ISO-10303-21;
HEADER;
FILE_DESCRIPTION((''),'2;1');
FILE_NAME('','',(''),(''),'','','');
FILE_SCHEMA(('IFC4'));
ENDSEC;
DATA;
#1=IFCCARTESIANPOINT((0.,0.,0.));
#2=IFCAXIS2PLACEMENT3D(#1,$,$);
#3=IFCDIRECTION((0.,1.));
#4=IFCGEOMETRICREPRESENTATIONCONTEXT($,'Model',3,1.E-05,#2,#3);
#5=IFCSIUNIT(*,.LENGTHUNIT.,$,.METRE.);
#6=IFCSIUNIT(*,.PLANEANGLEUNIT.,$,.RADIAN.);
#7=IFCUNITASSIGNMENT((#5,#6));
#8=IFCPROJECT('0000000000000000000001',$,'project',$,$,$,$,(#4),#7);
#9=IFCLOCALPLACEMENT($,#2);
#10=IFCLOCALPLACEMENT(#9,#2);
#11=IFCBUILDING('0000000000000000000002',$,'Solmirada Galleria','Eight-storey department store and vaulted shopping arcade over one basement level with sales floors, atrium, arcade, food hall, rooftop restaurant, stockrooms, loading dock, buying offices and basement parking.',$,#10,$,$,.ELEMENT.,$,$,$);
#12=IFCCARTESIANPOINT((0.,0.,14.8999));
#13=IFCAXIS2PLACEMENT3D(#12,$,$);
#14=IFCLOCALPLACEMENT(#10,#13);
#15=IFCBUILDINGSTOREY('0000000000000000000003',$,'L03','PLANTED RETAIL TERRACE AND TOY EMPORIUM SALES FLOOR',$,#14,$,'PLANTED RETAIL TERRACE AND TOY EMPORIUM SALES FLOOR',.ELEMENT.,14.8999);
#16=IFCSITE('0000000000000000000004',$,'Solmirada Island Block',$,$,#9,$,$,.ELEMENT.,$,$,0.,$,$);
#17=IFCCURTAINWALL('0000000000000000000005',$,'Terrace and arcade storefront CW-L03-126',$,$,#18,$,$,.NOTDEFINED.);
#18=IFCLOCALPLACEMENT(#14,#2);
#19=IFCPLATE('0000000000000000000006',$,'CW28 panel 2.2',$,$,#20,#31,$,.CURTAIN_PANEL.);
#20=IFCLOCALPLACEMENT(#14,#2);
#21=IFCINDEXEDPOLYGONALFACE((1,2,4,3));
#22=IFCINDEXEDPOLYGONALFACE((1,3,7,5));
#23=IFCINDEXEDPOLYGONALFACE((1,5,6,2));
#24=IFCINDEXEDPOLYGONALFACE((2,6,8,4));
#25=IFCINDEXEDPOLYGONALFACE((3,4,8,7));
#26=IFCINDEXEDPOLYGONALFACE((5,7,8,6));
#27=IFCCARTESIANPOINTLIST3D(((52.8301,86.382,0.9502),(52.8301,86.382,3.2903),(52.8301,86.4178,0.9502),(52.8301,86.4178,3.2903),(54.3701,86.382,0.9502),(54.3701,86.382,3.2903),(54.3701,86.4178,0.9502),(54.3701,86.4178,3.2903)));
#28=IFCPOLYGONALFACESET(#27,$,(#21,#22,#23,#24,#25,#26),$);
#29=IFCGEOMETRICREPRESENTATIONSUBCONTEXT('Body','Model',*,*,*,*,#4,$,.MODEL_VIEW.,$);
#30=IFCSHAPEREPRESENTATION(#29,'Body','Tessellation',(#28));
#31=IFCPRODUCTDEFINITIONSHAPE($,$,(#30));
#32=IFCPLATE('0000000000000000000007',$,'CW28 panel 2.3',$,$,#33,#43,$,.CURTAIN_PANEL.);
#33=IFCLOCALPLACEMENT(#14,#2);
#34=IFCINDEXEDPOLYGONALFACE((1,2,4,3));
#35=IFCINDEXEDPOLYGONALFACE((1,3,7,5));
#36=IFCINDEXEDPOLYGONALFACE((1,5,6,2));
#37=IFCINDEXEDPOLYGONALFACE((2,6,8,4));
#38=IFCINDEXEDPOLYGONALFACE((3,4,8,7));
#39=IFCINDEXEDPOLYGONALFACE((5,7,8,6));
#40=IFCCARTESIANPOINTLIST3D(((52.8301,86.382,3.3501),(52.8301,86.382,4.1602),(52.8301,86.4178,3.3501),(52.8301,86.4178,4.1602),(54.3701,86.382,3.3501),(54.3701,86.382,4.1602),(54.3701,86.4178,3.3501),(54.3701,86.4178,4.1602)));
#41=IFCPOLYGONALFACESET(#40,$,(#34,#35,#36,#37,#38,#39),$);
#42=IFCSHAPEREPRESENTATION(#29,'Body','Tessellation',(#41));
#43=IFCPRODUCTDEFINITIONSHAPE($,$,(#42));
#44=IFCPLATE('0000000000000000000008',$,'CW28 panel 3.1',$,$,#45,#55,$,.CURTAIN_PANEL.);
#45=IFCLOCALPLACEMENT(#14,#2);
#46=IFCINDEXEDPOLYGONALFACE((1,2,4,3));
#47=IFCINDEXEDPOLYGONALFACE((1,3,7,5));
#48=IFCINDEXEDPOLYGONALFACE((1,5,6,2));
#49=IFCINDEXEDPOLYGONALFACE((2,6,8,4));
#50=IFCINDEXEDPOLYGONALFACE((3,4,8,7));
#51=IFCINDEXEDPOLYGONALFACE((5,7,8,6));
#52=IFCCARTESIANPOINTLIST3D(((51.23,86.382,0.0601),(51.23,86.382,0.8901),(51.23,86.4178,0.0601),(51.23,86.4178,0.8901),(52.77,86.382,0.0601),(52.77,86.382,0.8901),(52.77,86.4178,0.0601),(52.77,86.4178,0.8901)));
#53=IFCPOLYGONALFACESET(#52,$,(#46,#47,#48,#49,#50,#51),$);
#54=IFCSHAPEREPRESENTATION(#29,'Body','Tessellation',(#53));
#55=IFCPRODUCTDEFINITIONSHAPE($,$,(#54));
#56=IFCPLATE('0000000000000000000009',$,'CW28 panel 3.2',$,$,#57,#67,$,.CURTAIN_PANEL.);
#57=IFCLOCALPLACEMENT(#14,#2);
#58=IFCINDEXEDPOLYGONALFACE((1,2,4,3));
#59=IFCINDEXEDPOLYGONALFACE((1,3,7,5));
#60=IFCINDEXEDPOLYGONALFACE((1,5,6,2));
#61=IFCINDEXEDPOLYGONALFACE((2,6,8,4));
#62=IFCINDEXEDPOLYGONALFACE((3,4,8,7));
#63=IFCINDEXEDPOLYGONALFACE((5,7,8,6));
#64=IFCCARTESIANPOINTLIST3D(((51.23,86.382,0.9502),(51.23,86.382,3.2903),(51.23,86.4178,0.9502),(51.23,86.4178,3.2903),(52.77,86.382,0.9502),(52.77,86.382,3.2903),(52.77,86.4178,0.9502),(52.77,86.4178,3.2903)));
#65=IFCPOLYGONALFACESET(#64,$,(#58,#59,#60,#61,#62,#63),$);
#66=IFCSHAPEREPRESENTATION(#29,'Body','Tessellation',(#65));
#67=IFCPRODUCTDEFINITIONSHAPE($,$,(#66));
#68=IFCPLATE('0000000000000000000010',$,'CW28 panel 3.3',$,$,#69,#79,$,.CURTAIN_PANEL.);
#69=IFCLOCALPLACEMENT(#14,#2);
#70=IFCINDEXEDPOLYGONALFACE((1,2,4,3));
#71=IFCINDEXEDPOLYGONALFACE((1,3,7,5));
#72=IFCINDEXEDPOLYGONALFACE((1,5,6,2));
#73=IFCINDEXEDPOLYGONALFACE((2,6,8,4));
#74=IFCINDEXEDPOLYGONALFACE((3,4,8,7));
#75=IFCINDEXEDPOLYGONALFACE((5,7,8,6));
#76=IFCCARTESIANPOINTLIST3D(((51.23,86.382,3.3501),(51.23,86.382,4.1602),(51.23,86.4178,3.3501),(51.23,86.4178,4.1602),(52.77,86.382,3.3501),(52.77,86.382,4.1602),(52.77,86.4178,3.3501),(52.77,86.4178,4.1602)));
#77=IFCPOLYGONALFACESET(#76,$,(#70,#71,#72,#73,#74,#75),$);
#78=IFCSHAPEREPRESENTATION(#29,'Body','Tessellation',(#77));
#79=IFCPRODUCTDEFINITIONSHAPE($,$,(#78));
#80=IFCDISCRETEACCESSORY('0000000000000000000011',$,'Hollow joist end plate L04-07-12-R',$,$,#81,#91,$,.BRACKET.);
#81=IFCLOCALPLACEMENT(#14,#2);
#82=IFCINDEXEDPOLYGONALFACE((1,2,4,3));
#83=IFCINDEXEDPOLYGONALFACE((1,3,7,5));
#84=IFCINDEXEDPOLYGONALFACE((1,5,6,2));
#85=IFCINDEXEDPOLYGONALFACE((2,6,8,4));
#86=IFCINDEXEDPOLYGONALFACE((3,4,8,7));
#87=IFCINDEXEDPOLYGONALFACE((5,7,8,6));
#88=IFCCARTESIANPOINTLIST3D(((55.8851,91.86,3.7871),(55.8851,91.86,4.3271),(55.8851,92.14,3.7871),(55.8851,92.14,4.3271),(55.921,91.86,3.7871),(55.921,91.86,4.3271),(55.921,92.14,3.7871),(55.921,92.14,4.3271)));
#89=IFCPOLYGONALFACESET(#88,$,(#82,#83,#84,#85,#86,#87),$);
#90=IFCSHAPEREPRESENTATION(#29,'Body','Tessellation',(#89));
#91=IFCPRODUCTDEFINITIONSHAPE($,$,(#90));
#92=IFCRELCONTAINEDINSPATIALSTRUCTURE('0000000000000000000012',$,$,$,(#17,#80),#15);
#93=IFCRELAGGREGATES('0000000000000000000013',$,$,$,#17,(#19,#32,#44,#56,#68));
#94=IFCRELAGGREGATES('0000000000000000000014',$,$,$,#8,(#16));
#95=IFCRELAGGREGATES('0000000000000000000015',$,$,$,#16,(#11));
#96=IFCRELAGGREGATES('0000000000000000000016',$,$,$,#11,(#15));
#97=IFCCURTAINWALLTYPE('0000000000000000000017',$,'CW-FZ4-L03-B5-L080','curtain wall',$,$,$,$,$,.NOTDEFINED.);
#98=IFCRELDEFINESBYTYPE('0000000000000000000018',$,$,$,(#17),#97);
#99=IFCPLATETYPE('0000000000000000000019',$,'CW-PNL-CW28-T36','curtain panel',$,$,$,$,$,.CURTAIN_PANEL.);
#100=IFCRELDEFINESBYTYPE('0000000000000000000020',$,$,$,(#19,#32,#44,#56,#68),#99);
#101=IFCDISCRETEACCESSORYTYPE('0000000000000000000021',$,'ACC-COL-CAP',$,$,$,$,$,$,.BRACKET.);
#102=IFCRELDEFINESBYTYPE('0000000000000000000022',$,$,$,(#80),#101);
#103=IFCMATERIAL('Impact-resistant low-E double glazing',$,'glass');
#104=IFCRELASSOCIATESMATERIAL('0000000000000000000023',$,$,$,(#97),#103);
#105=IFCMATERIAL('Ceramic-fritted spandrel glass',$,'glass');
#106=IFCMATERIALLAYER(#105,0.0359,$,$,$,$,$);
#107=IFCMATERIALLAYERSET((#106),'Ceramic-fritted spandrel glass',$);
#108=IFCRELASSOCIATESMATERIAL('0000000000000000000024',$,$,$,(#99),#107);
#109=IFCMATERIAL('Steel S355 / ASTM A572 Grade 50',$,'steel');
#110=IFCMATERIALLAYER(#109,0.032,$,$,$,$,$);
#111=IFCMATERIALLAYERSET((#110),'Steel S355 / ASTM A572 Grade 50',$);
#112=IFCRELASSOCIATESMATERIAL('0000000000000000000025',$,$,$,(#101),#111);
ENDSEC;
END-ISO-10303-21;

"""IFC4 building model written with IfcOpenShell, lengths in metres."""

from ifc_helpers import new_model, si_unit, direction, frame, origin, origin_2d, place, context, subcontext, project, spatial, rectangle, extrude, material, layer, layer_set, type_object, element, aggregate, save


model = new_model("IFC4")

# Units and contexts
model_context = context("Model", 3, precision=1e-05, world=origin(), true_north=direction((0.0, 1.0)))
body_context = subcontext(model_context, "Body", "Model", "MODEL_VIEW")
ifc_project = project(units=[si_unit("LENGTHUNIT", "METRE"), si_unit("PLANEANGLEUNIT", "RADIAN")], contexts=[model_context])

# Site, building, storey
site_placement = place(None, origin())
site = spatial("IfcSite", under=ifc_project, at=site_placement, Name="Solmirada Island Block", CompositionType="ELEMENT", RefElevation=0.0)
building_placement = place(site_placement, origin())
building = spatial("IfcBuilding", under=site, at=building_placement, Name="Solmirada Galleria", Description="Eight-storey department store and vaulted shopping arcade over one basement level with sales floors, atrium, arcade, food hall, rooftop restaurant, stockrooms, loading dock, buying offices and basement parking.", CompositionType="ELEMENT")
storey_placement = place(building_placement, frame((0.0, 0.0, 14.8999)))
storey = spatial("IfcBuildingStorey", under=building, at=storey_placement, Name="L03", Description="PLANTED RETAIL TERRACE AND TOY EMPORIUM SALES FLOOR", LongName="PLANTED RETAIL TERRACE AND TOY EMPORIUM SALES FLOOR", CompositionType="ELEMENT", Elevation=14.8999)

# Curtain wall, plates
ifc_material_1 = material(Name="Impact-resistant low-E double glazing", Category="glass")
curtain_wall_type = type_object("IfcCurtainWallType", Name="CW-FZ4-L03-B5-L080", Description="curtain wall", PredefinedType="NOTDEFINED", material=ifc_material_1)
curtain_wall_placement = place(storey_placement, origin())
curtain_wall = element("IfcCurtainWall", 1, at=curtain_wall_placement, inside=storey, type_object=curtain_wall_type, Name="Terrace and arcade storefront CW-L03-126", PredefinedType="NOTDEFINED")
ifc_material_2 = material(Name="Ceramic-fritted spandrel glass", Category="glass")
ifc_layer_1 = layer(ifc_material_2, 0.0359)
ifc_layer_set_1 = layer_set([ifc_layer_1], Name="Ceramic-fritted spandrel glass")
plate_type = type_object("IfcPlateType", Name="CW-PNL-CW28-T36", Description="curtain panel", PredefinedType="CURTAIN_PANEL", material=ifc_layer_set_1)
plate_1_placement = place(storey_placement, frame((53.6001, 86.3999, 0.9502), z_axis=(0.0, 0.0, 1.0), x_axis=(-1.0, 0.0, 0.0)))
plate_1 = element("IfcPlate", 2, at=plate_1_placement, type_object=plate_type, Name="CW28 panel 2.2", PredefinedType="CURTAIN_PANEL", context=body_context, shape_type="SweptSolid", body=[
    extrude(rectangle(XDim=1.54, YDim=0.0359, at=origin_2d()), origin(), (0.0, 0.0, 1.0), 2.3401),
])
plate_2_placement = place(storey_placement, frame((53.6001, 86.3999, 3.3501), z_axis=(0.0, 0.0, 1.0), x_axis=(-1.0, 0.0, 0.0)))
plate_2 = element("IfcPlate", 3, at=plate_2_placement, type_object=plate_type, Name="CW28 panel 2.3", PredefinedType="CURTAIN_PANEL", context=body_context, shape_type="SweptSolid", body=[
    extrude(rectangle(XDim=1.54, YDim=0.0359, at=origin_2d()), origin(), (0.0, 0.0, 1.0), 0.8101),
])
plate_3_placement = place(storey_placement, frame((52.0, 86.3999, 0.0601), z_axis=(0.0, 0.0, 1.0), x_axis=(-1.0, 0.0, 0.0)))
plate_3 = element("IfcPlate", 4, at=plate_3_placement, type_object=plate_type, Name="CW28 panel 3.1", PredefinedType="CURTAIN_PANEL", context=body_context, shape_type="SweptSolid", body=[
    extrude(rectangle(XDim=1.54, YDim=0.0359, at=origin_2d()), origin(), (0.0, 0.0, 1.0), 0.8301),
])
plate_4_placement = place(storey_placement, frame((52.0, 86.3999, 0.9502), z_axis=(0.0, 0.0, 1.0), x_axis=(-1.0, 0.0, 0.0)))
plate_4 = element("IfcPlate", 5, at=plate_4_placement, type_object=plate_type, Name="CW28 panel 3.2", PredefinedType="CURTAIN_PANEL", context=body_context, shape_type="SweptSolid", body=[
    extrude(rectangle(XDim=1.54, YDim=0.0359, at=origin_2d()), origin(), (0.0, 0.0, 1.0), 2.3401),
])
plate_5_placement = place(storey_placement, frame((52.0, 86.3999, 3.3501), z_axis=(0.0, 0.0, 1.0), x_axis=(-1.0, 0.0, 0.0)))
plate_5 = element("IfcPlate", 6, at=plate_5_placement, type_object=plate_type, Name="CW28 panel 3.3", PredefinedType="CURTAIN_PANEL", context=body_context, shape_type="SweptSolid", body=[
    extrude(rectangle(XDim=1.54, YDim=0.0359, at=origin_2d()), origin(), (0.0, 0.0, 1.0), 0.8101),
])
aggregate(curtain_wall, [plate_1, plate_2, plate_3, plate_4, plate_5])

# Discrete accessory
ifc_material_3 = material(Name="Steel S355 / ASTM A572 Grade 50", Category="steel")
ifc_layer_2 = layer(ifc_material_3, 0.032)
ifc_layer_set_2 = layer_set([ifc_layer_2], Name="Steel S355 / ASTM A572 Grade 50")
discrete_accessory_type = type_object("IfcDiscreteAccessoryType", Name="ACC-COL-CAP", PredefinedType="BRACKET", material=ifc_layer_set_2)
discrete_accessory_placement = place(storey_placement, frame((55.9031, 92.0, 3.7871), z_axis=(0.0, 0.0, 1.0), x_axis=(1.0, 0.0, 0.0)))
element("IfcDiscreteAccessory", 7, at=discrete_accessory_placement, inside=storey, type_object=discrete_accessory_type, Name="Hollow joist end plate L04-07-12-R", PredefinedType="BRACKET", context=body_context, shape_type="SweptSolid", body=[
    extrude(rectangle(XDim=0.0359, YDim=0.28, at=origin_2d()), origin(), (0.0, 0.0, 1.0), 0.54),
])

save(model, "model.ifc")
